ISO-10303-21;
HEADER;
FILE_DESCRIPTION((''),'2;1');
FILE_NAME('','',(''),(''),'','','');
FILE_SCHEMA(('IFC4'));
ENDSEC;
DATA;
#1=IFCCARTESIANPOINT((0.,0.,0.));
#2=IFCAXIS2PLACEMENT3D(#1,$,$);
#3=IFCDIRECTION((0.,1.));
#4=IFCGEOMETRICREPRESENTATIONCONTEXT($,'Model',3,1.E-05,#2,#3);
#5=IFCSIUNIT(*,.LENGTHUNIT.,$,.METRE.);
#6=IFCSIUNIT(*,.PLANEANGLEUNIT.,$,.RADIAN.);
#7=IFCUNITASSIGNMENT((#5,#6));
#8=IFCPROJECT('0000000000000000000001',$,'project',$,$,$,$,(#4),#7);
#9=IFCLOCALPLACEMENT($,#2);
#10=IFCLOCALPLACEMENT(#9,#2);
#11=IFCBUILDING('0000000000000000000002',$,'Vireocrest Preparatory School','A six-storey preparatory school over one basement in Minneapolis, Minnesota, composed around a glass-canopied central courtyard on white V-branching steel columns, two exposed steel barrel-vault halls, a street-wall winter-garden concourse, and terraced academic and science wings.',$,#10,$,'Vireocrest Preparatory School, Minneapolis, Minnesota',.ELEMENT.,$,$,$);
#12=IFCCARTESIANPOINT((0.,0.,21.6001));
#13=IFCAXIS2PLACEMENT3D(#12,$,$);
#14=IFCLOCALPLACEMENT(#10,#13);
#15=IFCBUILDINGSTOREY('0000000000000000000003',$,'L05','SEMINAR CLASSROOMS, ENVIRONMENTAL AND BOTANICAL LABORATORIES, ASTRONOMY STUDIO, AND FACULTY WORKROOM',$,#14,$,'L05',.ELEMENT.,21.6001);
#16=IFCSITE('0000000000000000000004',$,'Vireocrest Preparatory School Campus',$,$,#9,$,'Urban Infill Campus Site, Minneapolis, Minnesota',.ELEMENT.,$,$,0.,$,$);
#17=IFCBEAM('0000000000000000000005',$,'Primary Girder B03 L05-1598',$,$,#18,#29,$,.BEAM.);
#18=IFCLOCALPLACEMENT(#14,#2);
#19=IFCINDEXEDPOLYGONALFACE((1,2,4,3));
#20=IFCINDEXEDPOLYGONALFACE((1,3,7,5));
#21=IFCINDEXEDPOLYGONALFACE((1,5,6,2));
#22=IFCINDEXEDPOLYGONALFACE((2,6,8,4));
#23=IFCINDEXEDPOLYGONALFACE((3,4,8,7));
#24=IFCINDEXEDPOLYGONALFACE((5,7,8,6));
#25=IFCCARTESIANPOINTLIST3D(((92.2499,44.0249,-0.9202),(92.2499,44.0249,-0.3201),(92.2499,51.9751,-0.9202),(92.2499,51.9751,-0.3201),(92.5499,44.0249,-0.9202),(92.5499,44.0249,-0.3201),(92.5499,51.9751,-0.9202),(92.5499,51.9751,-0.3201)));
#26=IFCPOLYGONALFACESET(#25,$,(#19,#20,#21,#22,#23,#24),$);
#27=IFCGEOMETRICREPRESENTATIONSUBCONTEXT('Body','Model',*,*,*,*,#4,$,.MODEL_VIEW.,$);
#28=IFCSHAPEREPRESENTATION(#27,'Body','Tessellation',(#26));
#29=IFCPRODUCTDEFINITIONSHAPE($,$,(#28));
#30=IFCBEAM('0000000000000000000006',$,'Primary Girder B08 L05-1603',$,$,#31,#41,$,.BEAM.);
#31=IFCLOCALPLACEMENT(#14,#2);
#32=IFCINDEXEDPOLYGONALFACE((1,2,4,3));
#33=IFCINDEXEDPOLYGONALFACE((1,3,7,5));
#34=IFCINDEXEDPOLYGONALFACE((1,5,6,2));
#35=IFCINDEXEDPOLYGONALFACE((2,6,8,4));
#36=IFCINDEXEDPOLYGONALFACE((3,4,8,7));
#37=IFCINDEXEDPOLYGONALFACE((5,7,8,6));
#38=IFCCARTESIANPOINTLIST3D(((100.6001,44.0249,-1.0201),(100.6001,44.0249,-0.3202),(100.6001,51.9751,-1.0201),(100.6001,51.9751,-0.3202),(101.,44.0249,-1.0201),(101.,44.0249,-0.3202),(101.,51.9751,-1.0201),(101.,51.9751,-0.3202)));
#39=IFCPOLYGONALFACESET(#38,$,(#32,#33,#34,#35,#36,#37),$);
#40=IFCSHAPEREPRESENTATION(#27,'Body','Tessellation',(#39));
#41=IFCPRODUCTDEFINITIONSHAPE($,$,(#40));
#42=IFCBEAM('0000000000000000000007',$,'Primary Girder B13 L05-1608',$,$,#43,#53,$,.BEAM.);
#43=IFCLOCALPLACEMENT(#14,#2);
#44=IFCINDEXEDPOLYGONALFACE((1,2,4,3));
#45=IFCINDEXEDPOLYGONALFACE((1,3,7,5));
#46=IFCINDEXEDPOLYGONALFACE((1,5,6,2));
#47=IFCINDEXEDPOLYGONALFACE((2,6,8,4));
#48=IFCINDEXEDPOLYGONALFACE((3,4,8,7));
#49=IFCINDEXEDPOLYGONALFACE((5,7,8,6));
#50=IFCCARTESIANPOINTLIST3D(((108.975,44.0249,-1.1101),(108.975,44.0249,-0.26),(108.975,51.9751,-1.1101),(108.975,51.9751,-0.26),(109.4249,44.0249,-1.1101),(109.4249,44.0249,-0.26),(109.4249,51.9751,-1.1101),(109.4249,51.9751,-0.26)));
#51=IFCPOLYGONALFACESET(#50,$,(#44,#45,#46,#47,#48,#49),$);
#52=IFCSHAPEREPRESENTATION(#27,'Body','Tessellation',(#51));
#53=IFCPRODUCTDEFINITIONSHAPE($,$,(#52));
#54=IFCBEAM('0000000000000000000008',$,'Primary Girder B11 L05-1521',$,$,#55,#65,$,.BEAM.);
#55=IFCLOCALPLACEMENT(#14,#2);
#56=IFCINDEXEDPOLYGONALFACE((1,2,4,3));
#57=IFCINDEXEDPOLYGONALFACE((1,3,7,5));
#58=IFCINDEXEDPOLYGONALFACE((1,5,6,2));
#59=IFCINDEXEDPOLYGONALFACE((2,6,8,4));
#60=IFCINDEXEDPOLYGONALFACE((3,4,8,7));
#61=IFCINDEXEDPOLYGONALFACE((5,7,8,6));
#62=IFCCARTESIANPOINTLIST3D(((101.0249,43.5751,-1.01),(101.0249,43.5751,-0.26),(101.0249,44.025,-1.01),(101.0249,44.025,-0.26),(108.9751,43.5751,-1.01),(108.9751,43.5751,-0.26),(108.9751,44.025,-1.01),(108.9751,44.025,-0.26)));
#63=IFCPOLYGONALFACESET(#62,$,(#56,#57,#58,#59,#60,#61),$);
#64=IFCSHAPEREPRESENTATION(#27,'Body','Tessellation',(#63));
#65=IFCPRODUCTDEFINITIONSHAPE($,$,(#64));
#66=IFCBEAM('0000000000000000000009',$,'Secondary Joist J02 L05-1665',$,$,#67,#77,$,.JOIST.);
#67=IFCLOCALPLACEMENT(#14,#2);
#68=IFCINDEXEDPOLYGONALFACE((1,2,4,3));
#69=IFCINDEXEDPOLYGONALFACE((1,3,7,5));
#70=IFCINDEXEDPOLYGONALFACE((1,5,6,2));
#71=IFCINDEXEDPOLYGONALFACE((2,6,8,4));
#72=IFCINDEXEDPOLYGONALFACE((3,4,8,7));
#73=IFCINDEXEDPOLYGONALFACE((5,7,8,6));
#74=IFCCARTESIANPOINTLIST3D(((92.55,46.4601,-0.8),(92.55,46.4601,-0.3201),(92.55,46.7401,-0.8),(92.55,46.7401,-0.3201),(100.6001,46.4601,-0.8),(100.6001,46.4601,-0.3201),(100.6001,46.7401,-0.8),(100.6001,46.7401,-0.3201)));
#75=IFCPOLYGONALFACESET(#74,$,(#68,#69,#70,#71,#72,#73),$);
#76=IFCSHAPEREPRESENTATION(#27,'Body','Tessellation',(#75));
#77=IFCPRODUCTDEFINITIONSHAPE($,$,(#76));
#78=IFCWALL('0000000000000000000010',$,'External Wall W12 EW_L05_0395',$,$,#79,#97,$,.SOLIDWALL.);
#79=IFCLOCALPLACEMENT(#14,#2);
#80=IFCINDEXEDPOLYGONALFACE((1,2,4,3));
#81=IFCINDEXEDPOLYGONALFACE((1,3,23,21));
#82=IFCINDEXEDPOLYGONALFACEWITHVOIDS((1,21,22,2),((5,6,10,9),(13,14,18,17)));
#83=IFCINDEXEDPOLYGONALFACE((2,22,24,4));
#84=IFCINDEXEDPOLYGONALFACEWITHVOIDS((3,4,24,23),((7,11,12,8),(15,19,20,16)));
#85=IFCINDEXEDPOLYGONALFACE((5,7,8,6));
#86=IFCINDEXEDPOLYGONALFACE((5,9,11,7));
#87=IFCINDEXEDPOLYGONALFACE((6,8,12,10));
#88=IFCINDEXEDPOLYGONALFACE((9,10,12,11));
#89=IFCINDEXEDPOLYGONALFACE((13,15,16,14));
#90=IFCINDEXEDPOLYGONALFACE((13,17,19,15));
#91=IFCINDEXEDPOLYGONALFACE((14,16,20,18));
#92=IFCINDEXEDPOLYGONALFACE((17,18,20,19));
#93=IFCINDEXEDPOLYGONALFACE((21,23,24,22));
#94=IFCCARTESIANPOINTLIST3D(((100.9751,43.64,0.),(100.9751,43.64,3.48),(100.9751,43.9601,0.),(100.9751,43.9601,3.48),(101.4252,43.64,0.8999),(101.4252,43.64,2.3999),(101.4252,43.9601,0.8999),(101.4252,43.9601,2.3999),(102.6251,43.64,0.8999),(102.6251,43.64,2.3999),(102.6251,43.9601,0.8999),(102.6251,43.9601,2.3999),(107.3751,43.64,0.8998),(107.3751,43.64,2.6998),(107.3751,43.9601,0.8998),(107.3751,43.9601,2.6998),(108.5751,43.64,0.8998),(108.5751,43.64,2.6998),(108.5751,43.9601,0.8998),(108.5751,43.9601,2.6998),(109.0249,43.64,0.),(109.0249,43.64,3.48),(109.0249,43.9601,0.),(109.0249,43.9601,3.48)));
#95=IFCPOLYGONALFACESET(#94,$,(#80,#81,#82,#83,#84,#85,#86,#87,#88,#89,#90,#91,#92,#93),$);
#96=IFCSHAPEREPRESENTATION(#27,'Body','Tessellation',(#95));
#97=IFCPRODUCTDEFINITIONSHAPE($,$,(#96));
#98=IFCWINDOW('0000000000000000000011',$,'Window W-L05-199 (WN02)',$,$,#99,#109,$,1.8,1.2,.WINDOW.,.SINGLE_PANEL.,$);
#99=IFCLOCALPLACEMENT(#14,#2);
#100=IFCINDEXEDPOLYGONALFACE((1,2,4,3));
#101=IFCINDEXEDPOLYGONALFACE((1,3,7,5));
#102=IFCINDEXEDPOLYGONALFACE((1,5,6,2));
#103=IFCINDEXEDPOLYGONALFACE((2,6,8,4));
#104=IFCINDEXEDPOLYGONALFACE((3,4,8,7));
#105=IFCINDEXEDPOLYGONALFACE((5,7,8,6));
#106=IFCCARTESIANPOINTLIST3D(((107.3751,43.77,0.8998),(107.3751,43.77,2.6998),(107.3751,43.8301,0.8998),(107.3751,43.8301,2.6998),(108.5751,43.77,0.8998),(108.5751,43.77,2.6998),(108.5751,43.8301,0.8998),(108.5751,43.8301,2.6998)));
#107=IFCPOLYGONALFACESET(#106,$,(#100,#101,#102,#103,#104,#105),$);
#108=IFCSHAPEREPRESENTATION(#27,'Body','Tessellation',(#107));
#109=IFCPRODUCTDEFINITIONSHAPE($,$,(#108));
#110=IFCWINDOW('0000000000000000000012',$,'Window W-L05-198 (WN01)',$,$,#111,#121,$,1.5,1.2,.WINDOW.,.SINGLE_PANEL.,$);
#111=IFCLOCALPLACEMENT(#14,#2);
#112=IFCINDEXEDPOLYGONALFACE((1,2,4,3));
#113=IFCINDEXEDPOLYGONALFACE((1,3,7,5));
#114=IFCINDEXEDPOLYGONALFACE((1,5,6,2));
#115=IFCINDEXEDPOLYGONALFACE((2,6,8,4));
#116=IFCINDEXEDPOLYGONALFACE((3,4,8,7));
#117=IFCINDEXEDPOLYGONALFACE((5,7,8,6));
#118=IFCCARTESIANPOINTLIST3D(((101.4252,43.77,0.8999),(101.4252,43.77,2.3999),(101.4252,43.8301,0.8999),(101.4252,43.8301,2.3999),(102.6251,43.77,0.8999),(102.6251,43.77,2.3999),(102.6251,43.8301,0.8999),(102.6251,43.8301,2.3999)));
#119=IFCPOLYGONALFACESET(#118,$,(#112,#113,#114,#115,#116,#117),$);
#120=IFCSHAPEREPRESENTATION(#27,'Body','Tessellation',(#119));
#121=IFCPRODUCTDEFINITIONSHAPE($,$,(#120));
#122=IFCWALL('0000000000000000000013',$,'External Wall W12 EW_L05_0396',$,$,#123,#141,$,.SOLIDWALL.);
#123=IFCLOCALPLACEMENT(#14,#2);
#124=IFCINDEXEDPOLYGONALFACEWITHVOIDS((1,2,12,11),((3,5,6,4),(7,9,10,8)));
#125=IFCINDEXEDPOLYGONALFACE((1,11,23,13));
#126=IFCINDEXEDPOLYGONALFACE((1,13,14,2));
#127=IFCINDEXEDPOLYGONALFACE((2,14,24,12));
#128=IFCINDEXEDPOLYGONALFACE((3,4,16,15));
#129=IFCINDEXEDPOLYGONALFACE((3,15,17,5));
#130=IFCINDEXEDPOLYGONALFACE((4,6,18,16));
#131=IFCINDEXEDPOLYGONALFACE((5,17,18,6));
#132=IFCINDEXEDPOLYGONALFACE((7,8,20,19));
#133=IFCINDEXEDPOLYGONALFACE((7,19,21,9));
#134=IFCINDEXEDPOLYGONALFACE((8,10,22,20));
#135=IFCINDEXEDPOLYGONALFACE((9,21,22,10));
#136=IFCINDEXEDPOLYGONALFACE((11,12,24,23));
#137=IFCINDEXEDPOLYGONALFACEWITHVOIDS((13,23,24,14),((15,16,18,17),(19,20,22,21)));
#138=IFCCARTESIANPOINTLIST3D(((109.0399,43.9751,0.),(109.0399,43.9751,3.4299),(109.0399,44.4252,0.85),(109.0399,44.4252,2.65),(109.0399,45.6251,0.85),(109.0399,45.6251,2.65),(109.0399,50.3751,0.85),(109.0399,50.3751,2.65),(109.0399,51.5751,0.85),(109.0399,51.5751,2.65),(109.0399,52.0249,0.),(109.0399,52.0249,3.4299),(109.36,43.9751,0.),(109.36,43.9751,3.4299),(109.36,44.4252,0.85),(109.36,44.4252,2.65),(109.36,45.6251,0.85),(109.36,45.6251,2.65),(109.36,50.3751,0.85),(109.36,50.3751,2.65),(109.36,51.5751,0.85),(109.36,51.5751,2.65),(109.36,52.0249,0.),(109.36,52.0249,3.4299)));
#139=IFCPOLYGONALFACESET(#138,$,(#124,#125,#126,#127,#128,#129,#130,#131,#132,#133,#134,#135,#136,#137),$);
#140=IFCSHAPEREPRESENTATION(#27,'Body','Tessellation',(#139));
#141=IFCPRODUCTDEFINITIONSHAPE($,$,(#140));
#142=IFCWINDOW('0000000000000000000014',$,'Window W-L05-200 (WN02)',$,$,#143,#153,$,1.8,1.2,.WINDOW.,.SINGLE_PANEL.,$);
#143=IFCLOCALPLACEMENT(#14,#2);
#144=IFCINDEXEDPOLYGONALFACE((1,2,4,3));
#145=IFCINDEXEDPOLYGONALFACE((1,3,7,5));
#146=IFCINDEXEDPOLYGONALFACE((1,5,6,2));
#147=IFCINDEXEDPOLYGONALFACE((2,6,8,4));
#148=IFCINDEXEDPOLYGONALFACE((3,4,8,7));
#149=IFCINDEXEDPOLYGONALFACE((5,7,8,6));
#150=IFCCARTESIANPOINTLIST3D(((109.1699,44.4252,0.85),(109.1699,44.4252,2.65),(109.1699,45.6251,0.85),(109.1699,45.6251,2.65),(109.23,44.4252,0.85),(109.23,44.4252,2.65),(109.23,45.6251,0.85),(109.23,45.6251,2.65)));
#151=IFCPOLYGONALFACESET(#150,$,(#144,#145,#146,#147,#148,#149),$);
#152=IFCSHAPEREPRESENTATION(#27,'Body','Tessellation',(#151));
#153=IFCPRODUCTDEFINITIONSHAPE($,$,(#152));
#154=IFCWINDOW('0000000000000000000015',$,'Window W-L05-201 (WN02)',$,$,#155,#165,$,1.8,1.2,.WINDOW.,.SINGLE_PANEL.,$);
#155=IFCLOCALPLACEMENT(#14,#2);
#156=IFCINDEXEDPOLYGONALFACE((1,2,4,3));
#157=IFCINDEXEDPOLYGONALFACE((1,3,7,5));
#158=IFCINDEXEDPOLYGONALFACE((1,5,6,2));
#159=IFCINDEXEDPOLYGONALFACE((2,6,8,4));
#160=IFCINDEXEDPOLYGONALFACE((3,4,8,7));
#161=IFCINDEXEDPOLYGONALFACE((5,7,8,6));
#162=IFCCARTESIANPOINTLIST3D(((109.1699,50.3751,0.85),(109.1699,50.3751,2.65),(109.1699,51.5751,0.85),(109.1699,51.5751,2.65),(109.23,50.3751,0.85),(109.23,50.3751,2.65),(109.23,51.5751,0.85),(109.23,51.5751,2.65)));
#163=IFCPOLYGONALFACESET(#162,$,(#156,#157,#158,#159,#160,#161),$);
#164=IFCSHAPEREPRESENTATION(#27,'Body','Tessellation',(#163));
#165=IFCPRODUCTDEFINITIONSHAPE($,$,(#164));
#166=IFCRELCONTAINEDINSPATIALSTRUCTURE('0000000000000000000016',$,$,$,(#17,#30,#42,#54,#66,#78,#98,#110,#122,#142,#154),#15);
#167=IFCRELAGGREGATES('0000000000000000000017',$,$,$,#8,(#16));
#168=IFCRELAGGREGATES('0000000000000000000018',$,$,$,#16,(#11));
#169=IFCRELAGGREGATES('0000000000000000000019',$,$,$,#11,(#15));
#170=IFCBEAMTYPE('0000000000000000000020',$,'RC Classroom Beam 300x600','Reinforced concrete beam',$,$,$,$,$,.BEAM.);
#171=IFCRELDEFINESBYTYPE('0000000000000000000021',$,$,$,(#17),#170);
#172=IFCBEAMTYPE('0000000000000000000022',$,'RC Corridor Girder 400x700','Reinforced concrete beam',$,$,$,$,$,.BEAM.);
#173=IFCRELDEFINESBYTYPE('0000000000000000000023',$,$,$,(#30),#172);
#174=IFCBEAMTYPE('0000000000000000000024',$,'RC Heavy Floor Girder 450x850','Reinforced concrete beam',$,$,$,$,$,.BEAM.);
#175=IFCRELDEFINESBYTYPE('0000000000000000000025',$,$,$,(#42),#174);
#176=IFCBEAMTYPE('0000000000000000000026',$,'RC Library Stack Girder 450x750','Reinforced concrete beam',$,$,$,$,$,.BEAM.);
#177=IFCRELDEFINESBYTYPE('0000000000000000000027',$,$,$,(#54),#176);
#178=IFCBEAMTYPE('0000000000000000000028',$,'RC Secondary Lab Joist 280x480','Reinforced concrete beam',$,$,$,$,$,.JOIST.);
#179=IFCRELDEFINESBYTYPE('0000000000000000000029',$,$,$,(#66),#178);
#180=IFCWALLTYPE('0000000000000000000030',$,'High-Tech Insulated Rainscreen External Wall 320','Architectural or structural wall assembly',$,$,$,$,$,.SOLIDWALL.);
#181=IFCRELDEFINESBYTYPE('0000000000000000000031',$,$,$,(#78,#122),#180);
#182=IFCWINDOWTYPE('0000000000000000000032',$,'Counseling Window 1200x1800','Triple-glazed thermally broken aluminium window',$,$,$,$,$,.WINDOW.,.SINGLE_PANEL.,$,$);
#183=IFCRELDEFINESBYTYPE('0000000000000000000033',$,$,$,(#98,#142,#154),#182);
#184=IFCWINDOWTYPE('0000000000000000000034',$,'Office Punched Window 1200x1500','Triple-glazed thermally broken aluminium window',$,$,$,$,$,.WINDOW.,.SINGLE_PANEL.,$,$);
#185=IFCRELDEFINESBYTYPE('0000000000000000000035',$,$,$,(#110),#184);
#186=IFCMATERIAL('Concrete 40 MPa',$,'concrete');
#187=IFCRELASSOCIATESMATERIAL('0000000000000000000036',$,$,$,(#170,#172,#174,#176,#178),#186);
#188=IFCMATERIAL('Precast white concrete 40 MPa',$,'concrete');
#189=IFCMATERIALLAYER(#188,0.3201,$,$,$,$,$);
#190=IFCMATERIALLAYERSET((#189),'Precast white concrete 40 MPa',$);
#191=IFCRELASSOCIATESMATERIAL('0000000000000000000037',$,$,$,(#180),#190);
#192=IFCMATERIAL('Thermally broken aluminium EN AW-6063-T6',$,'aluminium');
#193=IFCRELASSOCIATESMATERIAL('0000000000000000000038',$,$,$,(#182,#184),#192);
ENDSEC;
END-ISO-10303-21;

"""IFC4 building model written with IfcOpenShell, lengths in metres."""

from ifc_helpers import new_model, si_unit, direction, frame, frame_2d, origin, origin_2d, place, context, subcontext, project, spatial, rectangle, extrude, material, layer, layer_set, material_profile, profile_set, type_object, element, fill, save


model = new_model("IFC4")

# Units and contexts
model_context = context("Model", 3, precision=1e-05, world=origin(), true_north=direction((0.0, 1.0)))
body_context = subcontext(model_context, "Body", "Model", "MODEL_VIEW")
ifc_project = project(units=[si_unit("LENGTHUNIT", "METRE"), si_unit("PLANEANGLEUNIT", "RADIAN")], contexts=[model_context])

# Site, building, storey
site_placement = place(None, origin())
site = spatial("IfcSite", under=ifc_project, at=site_placement, Name="Vireocrest Preparatory School Campus", LongName="Urban Infill Campus Site, Minneapolis, Minnesota", CompositionType="ELEMENT", RefElevation=0.0)
building_placement = place(site_placement, origin())
building = spatial("IfcBuilding", under=site, at=building_placement, Name="Vireocrest Preparatory School", Description="A six-storey preparatory school over one basement in Minneapolis, Minnesota, composed around a glass-canopied central courtyard on white V-branching steel columns, two exposed steel barrel-vault halls, a street-wall winter-garden concourse, and terraced academic and science wings.", LongName="Vireocrest Preparatory School, Minneapolis, Minnesota", CompositionType="ELEMENT")
storey_placement = place(building_placement, frame((0.0, 0.0, 21.6001)))
storey = spatial("IfcBuildingStorey", under=building, at=storey_placement, Name="L05", Description="SEMINAR CLASSROOMS, ENVIRONMENTAL AND BOTANICAL LABORATORIES, ASTRONOMY STUDIO, AND FACULTY WORKROOM", LongName="L05", CompositionType="ELEMENT", Elevation=21.6001)

# Beams
ifc_material_1 = material(Name="Concrete 40 MPa", Category="concrete")
ifc_material_profile_1 = material_profile(ifc_material_1, rectangle(XDim=0.3, YDim=0.6001, at=origin_2d()), Name="RC 300x600")
ifc_profile_set_1 = profile_set([ifc_material_profile_1], Name="Concrete 40 MPa")
beam_type_1 = type_object("IfcBeamType", Name="RC Classroom Beam 300x600", Description="Reinforced concrete beam", PredefinedType="BEAM", material=ifc_profile_set_1)
beam_1_placement = place(storey_placement, frame((92.3999, 44.0249, -0.6201), z_axis=(0.0, 1.0, 0.0), x_axis=(-1.0, 0.0, 0.0)))
element("IfcBeam", 1, at=beam_1_placement, inside=storey, type_object=beam_type_1, Name="Primary Girder B03 L05-1598", PredefinedType="BEAM", context=body_context, shape_type="SweptSolid", body=[
    extrude(rectangle(XDim=0.3, YDim=0.6001, at=origin_2d()), origin(), (0.0, 0.0, 1.0), 7.9502),
])
ifc_material_profile_2 = material_profile(ifc_material_1, rectangle(XDim=0.3999, YDim=0.7, at=origin_2d()), Name="RC 400x700")
ifc_profile_set_2 = profile_set([ifc_material_profile_2], Name="Concrete 40 MPa")
beam_type_2 = type_object("IfcBeamType", Name="RC Corridor Girder 400x700", Description="Reinforced concrete beam", PredefinedType="BEAM", material=ifc_profile_set_2)
beam_2_placement = place(storey_placement, frame((100.8, 44.0249, -0.6702), z_axis=(0.0, 1.0, 0.0), x_axis=(-1.0, 0.0, 0.0)))
element("IfcBeam", 2, at=beam_2_placement, inside=storey, type_object=beam_type_2, Name="Primary Girder B08 L05-1603", PredefinedType="BEAM", context=body_context, shape_type="SweptSolid", body=[
    extrude(rectangle(XDim=0.3999, YDim=0.7, at=origin_2d()), origin(), (0.0, 0.0, 1.0), 7.9502),
])
ifc_material_profile_3 = material_profile(ifc_material_1, rectangle(XDim=0.45, YDim=0.8501, at=origin_2d()), Name="RC 450x850")
ifc_profile_set_3 = profile_set([ifc_material_profile_3], Name="Concrete 40 MPa")
beam_type_3 = type_object("IfcBeamType", Name="RC Heavy Floor Girder 450x850", Description="Reinforced concrete beam", PredefinedType="BEAM", material=ifc_profile_set_3)
beam_3_placement = place(storey_placement, frame((109.2, 44.0249, -0.6851), z_axis=(0.0, 1.0, 0.0), x_axis=(-1.0, 0.0, 0.0)))
element("IfcBeam", 3, at=beam_3_placement, inside=storey, type_object=beam_type_3, Name="Primary Girder B13 L05-1608", PredefinedType="BEAM", context=body_context, shape_type="SweptSolid", body=[
    extrude(rectangle(XDim=0.45, YDim=0.8501, at=origin_2d()), origin(), (0.0, 0.0, 1.0), 7.9502),
])
ifc_material_profile_4 = material_profile(ifc_material_1, rectangle(XDim=0.45, YDim=0.75, at=origin_2d()), Name="RC 450x750")
ifc_profile_set_4 = profile_set([ifc_material_profile_4], Name="Concrete 40 MPa")
beam_type_4 = type_object("IfcBeamType", Name="RC Library Stack Girder 450x750", Description="Reinforced concrete beam", PredefinedType="BEAM", material=ifc_profile_set_4)
beam_4_placement = place(storey_placement, frame((101.0249, 43.8, -0.635), z_axis=(1.0, 0.0, 0.0), x_axis=(0.0, 1.0, 0.0)))
element("IfcBeam", 4, at=beam_4_placement, inside=storey, type_object=beam_type_4, Name="Primary Girder B11 L05-1521", PredefinedType="BEAM", context=body_context, shape_type="SweptSolid", body=[
    extrude(rectangle(XDim=0.45, YDim=0.75, at=origin_2d()), origin(), (0.0, 0.0, 1.0), 7.9502),
])
ifc_material_profile_5 = material_profile(ifc_material_1, rectangle(XDim=0.28, YDim=0.48, at=origin_2d()), Name="RC 280x480")
ifc_profile_set_5 = profile_set([ifc_material_profile_5], Name="Concrete 40 MPa")
beam_type_5 = type_object("IfcBeamType", Name="RC Secondary Lab Joist 280x480", Description="Reinforced concrete beam", PredefinedType="JOIST", material=ifc_profile_set_5)
beam_5_placement = place(storey_placement, frame((92.55, 46.6001, -0.5601), z_axis=(1.0, 0.0, 0.0), x_axis=(0.0, 1.0, 0.0)))
element("IfcBeam", 5, at=beam_5_placement, inside=storey, type_object=beam_type_5, Name="Secondary Joist J02 L05-1665", PredefinedType="JOIST", context=body_context, shape_type="SweptSolid", body=[
    extrude(rectangle(XDim=0.28, YDim=0.48, at=origin_2d()), origin(), (0.0, 0.0, 1.0), 8.05),
])

# Walls, openings, windows
ifc_material_2 = material(Name="Precast white concrete 40 MPa", Category="concrete")
ifc_layer_1 = layer(ifc_material_2, 0.3201)
ifc_layer_set_1 = layer_set([ifc_layer_1], Name="Precast white concrete 40 MPa")
wall_type_1 = type_object("IfcWallType", Name="High-Tech Insulated Rainscreen External Wall 320", Description="Architectural or structural wall assembly", PredefinedType="SOLIDWALL", material=ifc_layer_set_1)
wall_1_placement = place(storey_placement, frame((100.9751, 43.8, 0.0), z_axis=(0.0, 0.0, 1.0), x_axis=(1.0, 0.0, 0.0)))
wall_1 = element("IfcWall", 6, at=wall_1_placement, inside=storey, type_object=wall_type_1, Name="External Wall W12 EW_L05_0395", PredefinedType="SOLIDWALL", context=body_context, shape_type="SweptSolid", body=[
    extrude(rectangle(XDim=8.0498, YDim=0.3201, at=frame_2d((4.0249, 0.0))), origin(), (0.0, 0.0, 1.0), 3.48),
])
opening_1_placement = place(wall_1_placement, frame((0.45, 0.0, 0.8999)))
opening_1 = element("IfcOpeningElement", 7, at=opening_1_placement, cuts=wall_1, PredefinedType="OPENING", context=body_context, shape_type="SweptSolid", body=[
    extrude(rectangle(XDim=1.2, YDim=1.5, at=frame_2d((0.6001, 0.75))), frame((0.0, 0.1699, 0.0), z_axis=(0.0, -1.0, 0.0), x_axis=(1.0, 0.0, 0.0)), (0.0, 0.0, 1.0), 0.3401),
])
opening_2_placement = place(wall_1_placement, frame((6.3999, 0.0, 0.8999)))
opening_2 = element("IfcOpeningElement", 8, at=opening_2_placement, cuts=wall_1, PredefinedType="OPENING", context=body_context, shape_type="SweptSolid", body=[
    extrude(rectangle(XDim=1.2, YDim=1.8, at=frame_2d((0.6001, 0.8999))), frame((0.0, 0.1699, 0.0), z_axis=(0.0, -1.0, 0.0), x_axis=(1.0, 0.0, 0.0)), (0.0, 0.0, 1.0), 0.3401),
])
ifc_material_3 = material(Name="Thermally broken aluminium EN AW-6063-T6", Category="aluminium")
window_type_1 = type_object("IfcWindowType", Name="Counseling Window 1200x1800", Description="Triple-glazed thermally broken aluminium window", PartitioningType="SINGLE_PANEL", PredefinedType="WINDOW", material=ifc_material_3)
window_1_placement = place(opening_2_placement, origin())
window_1 = element("IfcWindow", 9, at=window_1_placement, inside=storey, type_object=window_type_1, Name="Window W-L05-199 (WN02)", OverallHeight=1.8, OverallWidth=1.2, PartitioningType="SINGLE_PANEL", PredefinedType="WINDOW", context=body_context, shape_type="SweptSolid", body=[
    extrude(rectangle(XDim=1.2, YDim=1.8, at=frame_2d((0.6001, 0.8999))), frame((0.0, 0.03, 0.0), z_axis=(0.0, -1.0, 0.0), x_axis=(1.0, 0.0, 0.0)), (0.0, 0.0, 1.0), 0.0601),
])
fill(opening_2, window_1)
window_type_2 = type_object("IfcWindowType", Name="Office Punched Window 1200x1500", Description="Triple-glazed thermally broken aluminium window", PartitioningType="SINGLE_PANEL", PredefinedType="WINDOW", material=ifc_material_3)
window_2_placement = place(opening_1_placement, origin())
window_2 = element("IfcWindow", 10, at=window_2_placement, inside=storey, type_object=window_type_2, Name="Window W-L05-198 (WN01)", OverallHeight=1.5, OverallWidth=1.2, PartitioningType="SINGLE_PANEL", PredefinedType="WINDOW", context=body_context, shape_type="SweptSolid", body=[
    extrude(rectangle(XDim=1.2, YDim=1.5, at=frame_2d((0.6001, 0.75))), frame((0.0, 0.03, 0.0), z_axis=(0.0, -1.0, 0.0), x_axis=(1.0, 0.0, 0.0)), (0.0, 0.0, 1.0), 0.0601),
])
fill(opening_1, window_2)
wall_2_placement = place(storey_placement, frame((109.2, 43.9751, 0.0), z_axis=(0.0, 0.0, 1.0), x_axis=(0.0, 1.0, 0.0)))
wall_2 = element("IfcWall", 11, at=wall_2_placement, inside=storey, type_object=wall_type_1, Name="External Wall W12 EW_L05_0396", PredefinedType="SOLIDWALL", context=body_context, shape_type="SweptSolid", body=[
    extrude(rectangle(XDim=8.0498, YDim=0.3201, at=frame_2d((4.0249, 0.0))), origin(), (0.0, 0.0, 1.0), 3.4299),
])
opening_3_placement = place(wall_2_placement, frame((0.45, 0.0, 0.8501)))
opening_3 = element("IfcOpeningElement", 12, at=opening_3_placement, cuts=wall_2, PredefinedType="OPENING", context=body_context, shape_type="SweptSolid", body=[
    extrude(rectangle(XDim=1.2, YDim=1.8, at=frame_2d((0.6001, 0.8999))), frame((0.0, 0.1699, 0.0), z_axis=(0.0, -1.0, 0.0), x_axis=(1.0, 0.0, 0.0)), (0.0, 0.0, 1.0), 0.3401),
])
opening_4_placement = place(wall_2_placement, frame((6.3999, 0.0, 0.8501)))
opening_4 = element("IfcOpeningElement", 13, at=opening_4_placement, cuts=wall_2, PredefinedType="OPENING", context=body_context, shape_type="SweptSolid", body=[
    extrude(rectangle(XDim=1.2, YDim=1.8, at=frame_2d((0.6001, 0.8999))), frame((0.0, 0.1699, 0.0), z_axis=(0.0, -1.0, 0.0), x_axis=(1.0, 0.0, 0.0)), (0.0, 0.0, 1.0), 0.3401),
])
window_3_placement = place(opening_3_placement, origin())
window_3 = element("IfcWindow", 14, at=window_3_placement, inside=storey, type_object=window_type_1, Name="Window W-L05-200 (WN02)", OverallHeight=1.8, OverallWidth=1.2, PartitioningType="SINGLE_PANEL", PredefinedType="WINDOW", context=body_context, shape_type="SweptSolid", body=[
    extrude(rectangle(XDim=1.2, YDim=1.8, at=frame_2d((0.6001, 0.8999))), frame((0.0, 0.03, 0.0), z_axis=(0.0, -1.0, 0.0), x_axis=(1.0, 0.0, 0.0)), (0.0, 0.0, 1.0), 0.0601),
])
fill(opening_3, window_3)
window_4_placement = place(opening_4_placement, origin())
window_4 = element("IfcWindow", 15, at=window_4_placement, inside=storey, type_object=window_type_1, Name="Window W-L05-201 (WN02)", OverallHeight=1.8, OverallWidth=1.2, PartitioningType="SINGLE_PANEL", PredefinedType="WINDOW", context=body_context, shape_type="SweptSolid", body=[
    extrude(rectangle(XDim=1.2, YDim=1.8, at=frame_2d((0.6001, 0.8999))), frame((0.0, 0.03, 0.0), z_axis=(0.0, -1.0, 0.0), x_axis=(1.0, 0.0, 0.0)), (0.0, 0.0, 1.0), 0.0601),
])
fill(opening_4, window_4)

save(model, "model.ifc")
